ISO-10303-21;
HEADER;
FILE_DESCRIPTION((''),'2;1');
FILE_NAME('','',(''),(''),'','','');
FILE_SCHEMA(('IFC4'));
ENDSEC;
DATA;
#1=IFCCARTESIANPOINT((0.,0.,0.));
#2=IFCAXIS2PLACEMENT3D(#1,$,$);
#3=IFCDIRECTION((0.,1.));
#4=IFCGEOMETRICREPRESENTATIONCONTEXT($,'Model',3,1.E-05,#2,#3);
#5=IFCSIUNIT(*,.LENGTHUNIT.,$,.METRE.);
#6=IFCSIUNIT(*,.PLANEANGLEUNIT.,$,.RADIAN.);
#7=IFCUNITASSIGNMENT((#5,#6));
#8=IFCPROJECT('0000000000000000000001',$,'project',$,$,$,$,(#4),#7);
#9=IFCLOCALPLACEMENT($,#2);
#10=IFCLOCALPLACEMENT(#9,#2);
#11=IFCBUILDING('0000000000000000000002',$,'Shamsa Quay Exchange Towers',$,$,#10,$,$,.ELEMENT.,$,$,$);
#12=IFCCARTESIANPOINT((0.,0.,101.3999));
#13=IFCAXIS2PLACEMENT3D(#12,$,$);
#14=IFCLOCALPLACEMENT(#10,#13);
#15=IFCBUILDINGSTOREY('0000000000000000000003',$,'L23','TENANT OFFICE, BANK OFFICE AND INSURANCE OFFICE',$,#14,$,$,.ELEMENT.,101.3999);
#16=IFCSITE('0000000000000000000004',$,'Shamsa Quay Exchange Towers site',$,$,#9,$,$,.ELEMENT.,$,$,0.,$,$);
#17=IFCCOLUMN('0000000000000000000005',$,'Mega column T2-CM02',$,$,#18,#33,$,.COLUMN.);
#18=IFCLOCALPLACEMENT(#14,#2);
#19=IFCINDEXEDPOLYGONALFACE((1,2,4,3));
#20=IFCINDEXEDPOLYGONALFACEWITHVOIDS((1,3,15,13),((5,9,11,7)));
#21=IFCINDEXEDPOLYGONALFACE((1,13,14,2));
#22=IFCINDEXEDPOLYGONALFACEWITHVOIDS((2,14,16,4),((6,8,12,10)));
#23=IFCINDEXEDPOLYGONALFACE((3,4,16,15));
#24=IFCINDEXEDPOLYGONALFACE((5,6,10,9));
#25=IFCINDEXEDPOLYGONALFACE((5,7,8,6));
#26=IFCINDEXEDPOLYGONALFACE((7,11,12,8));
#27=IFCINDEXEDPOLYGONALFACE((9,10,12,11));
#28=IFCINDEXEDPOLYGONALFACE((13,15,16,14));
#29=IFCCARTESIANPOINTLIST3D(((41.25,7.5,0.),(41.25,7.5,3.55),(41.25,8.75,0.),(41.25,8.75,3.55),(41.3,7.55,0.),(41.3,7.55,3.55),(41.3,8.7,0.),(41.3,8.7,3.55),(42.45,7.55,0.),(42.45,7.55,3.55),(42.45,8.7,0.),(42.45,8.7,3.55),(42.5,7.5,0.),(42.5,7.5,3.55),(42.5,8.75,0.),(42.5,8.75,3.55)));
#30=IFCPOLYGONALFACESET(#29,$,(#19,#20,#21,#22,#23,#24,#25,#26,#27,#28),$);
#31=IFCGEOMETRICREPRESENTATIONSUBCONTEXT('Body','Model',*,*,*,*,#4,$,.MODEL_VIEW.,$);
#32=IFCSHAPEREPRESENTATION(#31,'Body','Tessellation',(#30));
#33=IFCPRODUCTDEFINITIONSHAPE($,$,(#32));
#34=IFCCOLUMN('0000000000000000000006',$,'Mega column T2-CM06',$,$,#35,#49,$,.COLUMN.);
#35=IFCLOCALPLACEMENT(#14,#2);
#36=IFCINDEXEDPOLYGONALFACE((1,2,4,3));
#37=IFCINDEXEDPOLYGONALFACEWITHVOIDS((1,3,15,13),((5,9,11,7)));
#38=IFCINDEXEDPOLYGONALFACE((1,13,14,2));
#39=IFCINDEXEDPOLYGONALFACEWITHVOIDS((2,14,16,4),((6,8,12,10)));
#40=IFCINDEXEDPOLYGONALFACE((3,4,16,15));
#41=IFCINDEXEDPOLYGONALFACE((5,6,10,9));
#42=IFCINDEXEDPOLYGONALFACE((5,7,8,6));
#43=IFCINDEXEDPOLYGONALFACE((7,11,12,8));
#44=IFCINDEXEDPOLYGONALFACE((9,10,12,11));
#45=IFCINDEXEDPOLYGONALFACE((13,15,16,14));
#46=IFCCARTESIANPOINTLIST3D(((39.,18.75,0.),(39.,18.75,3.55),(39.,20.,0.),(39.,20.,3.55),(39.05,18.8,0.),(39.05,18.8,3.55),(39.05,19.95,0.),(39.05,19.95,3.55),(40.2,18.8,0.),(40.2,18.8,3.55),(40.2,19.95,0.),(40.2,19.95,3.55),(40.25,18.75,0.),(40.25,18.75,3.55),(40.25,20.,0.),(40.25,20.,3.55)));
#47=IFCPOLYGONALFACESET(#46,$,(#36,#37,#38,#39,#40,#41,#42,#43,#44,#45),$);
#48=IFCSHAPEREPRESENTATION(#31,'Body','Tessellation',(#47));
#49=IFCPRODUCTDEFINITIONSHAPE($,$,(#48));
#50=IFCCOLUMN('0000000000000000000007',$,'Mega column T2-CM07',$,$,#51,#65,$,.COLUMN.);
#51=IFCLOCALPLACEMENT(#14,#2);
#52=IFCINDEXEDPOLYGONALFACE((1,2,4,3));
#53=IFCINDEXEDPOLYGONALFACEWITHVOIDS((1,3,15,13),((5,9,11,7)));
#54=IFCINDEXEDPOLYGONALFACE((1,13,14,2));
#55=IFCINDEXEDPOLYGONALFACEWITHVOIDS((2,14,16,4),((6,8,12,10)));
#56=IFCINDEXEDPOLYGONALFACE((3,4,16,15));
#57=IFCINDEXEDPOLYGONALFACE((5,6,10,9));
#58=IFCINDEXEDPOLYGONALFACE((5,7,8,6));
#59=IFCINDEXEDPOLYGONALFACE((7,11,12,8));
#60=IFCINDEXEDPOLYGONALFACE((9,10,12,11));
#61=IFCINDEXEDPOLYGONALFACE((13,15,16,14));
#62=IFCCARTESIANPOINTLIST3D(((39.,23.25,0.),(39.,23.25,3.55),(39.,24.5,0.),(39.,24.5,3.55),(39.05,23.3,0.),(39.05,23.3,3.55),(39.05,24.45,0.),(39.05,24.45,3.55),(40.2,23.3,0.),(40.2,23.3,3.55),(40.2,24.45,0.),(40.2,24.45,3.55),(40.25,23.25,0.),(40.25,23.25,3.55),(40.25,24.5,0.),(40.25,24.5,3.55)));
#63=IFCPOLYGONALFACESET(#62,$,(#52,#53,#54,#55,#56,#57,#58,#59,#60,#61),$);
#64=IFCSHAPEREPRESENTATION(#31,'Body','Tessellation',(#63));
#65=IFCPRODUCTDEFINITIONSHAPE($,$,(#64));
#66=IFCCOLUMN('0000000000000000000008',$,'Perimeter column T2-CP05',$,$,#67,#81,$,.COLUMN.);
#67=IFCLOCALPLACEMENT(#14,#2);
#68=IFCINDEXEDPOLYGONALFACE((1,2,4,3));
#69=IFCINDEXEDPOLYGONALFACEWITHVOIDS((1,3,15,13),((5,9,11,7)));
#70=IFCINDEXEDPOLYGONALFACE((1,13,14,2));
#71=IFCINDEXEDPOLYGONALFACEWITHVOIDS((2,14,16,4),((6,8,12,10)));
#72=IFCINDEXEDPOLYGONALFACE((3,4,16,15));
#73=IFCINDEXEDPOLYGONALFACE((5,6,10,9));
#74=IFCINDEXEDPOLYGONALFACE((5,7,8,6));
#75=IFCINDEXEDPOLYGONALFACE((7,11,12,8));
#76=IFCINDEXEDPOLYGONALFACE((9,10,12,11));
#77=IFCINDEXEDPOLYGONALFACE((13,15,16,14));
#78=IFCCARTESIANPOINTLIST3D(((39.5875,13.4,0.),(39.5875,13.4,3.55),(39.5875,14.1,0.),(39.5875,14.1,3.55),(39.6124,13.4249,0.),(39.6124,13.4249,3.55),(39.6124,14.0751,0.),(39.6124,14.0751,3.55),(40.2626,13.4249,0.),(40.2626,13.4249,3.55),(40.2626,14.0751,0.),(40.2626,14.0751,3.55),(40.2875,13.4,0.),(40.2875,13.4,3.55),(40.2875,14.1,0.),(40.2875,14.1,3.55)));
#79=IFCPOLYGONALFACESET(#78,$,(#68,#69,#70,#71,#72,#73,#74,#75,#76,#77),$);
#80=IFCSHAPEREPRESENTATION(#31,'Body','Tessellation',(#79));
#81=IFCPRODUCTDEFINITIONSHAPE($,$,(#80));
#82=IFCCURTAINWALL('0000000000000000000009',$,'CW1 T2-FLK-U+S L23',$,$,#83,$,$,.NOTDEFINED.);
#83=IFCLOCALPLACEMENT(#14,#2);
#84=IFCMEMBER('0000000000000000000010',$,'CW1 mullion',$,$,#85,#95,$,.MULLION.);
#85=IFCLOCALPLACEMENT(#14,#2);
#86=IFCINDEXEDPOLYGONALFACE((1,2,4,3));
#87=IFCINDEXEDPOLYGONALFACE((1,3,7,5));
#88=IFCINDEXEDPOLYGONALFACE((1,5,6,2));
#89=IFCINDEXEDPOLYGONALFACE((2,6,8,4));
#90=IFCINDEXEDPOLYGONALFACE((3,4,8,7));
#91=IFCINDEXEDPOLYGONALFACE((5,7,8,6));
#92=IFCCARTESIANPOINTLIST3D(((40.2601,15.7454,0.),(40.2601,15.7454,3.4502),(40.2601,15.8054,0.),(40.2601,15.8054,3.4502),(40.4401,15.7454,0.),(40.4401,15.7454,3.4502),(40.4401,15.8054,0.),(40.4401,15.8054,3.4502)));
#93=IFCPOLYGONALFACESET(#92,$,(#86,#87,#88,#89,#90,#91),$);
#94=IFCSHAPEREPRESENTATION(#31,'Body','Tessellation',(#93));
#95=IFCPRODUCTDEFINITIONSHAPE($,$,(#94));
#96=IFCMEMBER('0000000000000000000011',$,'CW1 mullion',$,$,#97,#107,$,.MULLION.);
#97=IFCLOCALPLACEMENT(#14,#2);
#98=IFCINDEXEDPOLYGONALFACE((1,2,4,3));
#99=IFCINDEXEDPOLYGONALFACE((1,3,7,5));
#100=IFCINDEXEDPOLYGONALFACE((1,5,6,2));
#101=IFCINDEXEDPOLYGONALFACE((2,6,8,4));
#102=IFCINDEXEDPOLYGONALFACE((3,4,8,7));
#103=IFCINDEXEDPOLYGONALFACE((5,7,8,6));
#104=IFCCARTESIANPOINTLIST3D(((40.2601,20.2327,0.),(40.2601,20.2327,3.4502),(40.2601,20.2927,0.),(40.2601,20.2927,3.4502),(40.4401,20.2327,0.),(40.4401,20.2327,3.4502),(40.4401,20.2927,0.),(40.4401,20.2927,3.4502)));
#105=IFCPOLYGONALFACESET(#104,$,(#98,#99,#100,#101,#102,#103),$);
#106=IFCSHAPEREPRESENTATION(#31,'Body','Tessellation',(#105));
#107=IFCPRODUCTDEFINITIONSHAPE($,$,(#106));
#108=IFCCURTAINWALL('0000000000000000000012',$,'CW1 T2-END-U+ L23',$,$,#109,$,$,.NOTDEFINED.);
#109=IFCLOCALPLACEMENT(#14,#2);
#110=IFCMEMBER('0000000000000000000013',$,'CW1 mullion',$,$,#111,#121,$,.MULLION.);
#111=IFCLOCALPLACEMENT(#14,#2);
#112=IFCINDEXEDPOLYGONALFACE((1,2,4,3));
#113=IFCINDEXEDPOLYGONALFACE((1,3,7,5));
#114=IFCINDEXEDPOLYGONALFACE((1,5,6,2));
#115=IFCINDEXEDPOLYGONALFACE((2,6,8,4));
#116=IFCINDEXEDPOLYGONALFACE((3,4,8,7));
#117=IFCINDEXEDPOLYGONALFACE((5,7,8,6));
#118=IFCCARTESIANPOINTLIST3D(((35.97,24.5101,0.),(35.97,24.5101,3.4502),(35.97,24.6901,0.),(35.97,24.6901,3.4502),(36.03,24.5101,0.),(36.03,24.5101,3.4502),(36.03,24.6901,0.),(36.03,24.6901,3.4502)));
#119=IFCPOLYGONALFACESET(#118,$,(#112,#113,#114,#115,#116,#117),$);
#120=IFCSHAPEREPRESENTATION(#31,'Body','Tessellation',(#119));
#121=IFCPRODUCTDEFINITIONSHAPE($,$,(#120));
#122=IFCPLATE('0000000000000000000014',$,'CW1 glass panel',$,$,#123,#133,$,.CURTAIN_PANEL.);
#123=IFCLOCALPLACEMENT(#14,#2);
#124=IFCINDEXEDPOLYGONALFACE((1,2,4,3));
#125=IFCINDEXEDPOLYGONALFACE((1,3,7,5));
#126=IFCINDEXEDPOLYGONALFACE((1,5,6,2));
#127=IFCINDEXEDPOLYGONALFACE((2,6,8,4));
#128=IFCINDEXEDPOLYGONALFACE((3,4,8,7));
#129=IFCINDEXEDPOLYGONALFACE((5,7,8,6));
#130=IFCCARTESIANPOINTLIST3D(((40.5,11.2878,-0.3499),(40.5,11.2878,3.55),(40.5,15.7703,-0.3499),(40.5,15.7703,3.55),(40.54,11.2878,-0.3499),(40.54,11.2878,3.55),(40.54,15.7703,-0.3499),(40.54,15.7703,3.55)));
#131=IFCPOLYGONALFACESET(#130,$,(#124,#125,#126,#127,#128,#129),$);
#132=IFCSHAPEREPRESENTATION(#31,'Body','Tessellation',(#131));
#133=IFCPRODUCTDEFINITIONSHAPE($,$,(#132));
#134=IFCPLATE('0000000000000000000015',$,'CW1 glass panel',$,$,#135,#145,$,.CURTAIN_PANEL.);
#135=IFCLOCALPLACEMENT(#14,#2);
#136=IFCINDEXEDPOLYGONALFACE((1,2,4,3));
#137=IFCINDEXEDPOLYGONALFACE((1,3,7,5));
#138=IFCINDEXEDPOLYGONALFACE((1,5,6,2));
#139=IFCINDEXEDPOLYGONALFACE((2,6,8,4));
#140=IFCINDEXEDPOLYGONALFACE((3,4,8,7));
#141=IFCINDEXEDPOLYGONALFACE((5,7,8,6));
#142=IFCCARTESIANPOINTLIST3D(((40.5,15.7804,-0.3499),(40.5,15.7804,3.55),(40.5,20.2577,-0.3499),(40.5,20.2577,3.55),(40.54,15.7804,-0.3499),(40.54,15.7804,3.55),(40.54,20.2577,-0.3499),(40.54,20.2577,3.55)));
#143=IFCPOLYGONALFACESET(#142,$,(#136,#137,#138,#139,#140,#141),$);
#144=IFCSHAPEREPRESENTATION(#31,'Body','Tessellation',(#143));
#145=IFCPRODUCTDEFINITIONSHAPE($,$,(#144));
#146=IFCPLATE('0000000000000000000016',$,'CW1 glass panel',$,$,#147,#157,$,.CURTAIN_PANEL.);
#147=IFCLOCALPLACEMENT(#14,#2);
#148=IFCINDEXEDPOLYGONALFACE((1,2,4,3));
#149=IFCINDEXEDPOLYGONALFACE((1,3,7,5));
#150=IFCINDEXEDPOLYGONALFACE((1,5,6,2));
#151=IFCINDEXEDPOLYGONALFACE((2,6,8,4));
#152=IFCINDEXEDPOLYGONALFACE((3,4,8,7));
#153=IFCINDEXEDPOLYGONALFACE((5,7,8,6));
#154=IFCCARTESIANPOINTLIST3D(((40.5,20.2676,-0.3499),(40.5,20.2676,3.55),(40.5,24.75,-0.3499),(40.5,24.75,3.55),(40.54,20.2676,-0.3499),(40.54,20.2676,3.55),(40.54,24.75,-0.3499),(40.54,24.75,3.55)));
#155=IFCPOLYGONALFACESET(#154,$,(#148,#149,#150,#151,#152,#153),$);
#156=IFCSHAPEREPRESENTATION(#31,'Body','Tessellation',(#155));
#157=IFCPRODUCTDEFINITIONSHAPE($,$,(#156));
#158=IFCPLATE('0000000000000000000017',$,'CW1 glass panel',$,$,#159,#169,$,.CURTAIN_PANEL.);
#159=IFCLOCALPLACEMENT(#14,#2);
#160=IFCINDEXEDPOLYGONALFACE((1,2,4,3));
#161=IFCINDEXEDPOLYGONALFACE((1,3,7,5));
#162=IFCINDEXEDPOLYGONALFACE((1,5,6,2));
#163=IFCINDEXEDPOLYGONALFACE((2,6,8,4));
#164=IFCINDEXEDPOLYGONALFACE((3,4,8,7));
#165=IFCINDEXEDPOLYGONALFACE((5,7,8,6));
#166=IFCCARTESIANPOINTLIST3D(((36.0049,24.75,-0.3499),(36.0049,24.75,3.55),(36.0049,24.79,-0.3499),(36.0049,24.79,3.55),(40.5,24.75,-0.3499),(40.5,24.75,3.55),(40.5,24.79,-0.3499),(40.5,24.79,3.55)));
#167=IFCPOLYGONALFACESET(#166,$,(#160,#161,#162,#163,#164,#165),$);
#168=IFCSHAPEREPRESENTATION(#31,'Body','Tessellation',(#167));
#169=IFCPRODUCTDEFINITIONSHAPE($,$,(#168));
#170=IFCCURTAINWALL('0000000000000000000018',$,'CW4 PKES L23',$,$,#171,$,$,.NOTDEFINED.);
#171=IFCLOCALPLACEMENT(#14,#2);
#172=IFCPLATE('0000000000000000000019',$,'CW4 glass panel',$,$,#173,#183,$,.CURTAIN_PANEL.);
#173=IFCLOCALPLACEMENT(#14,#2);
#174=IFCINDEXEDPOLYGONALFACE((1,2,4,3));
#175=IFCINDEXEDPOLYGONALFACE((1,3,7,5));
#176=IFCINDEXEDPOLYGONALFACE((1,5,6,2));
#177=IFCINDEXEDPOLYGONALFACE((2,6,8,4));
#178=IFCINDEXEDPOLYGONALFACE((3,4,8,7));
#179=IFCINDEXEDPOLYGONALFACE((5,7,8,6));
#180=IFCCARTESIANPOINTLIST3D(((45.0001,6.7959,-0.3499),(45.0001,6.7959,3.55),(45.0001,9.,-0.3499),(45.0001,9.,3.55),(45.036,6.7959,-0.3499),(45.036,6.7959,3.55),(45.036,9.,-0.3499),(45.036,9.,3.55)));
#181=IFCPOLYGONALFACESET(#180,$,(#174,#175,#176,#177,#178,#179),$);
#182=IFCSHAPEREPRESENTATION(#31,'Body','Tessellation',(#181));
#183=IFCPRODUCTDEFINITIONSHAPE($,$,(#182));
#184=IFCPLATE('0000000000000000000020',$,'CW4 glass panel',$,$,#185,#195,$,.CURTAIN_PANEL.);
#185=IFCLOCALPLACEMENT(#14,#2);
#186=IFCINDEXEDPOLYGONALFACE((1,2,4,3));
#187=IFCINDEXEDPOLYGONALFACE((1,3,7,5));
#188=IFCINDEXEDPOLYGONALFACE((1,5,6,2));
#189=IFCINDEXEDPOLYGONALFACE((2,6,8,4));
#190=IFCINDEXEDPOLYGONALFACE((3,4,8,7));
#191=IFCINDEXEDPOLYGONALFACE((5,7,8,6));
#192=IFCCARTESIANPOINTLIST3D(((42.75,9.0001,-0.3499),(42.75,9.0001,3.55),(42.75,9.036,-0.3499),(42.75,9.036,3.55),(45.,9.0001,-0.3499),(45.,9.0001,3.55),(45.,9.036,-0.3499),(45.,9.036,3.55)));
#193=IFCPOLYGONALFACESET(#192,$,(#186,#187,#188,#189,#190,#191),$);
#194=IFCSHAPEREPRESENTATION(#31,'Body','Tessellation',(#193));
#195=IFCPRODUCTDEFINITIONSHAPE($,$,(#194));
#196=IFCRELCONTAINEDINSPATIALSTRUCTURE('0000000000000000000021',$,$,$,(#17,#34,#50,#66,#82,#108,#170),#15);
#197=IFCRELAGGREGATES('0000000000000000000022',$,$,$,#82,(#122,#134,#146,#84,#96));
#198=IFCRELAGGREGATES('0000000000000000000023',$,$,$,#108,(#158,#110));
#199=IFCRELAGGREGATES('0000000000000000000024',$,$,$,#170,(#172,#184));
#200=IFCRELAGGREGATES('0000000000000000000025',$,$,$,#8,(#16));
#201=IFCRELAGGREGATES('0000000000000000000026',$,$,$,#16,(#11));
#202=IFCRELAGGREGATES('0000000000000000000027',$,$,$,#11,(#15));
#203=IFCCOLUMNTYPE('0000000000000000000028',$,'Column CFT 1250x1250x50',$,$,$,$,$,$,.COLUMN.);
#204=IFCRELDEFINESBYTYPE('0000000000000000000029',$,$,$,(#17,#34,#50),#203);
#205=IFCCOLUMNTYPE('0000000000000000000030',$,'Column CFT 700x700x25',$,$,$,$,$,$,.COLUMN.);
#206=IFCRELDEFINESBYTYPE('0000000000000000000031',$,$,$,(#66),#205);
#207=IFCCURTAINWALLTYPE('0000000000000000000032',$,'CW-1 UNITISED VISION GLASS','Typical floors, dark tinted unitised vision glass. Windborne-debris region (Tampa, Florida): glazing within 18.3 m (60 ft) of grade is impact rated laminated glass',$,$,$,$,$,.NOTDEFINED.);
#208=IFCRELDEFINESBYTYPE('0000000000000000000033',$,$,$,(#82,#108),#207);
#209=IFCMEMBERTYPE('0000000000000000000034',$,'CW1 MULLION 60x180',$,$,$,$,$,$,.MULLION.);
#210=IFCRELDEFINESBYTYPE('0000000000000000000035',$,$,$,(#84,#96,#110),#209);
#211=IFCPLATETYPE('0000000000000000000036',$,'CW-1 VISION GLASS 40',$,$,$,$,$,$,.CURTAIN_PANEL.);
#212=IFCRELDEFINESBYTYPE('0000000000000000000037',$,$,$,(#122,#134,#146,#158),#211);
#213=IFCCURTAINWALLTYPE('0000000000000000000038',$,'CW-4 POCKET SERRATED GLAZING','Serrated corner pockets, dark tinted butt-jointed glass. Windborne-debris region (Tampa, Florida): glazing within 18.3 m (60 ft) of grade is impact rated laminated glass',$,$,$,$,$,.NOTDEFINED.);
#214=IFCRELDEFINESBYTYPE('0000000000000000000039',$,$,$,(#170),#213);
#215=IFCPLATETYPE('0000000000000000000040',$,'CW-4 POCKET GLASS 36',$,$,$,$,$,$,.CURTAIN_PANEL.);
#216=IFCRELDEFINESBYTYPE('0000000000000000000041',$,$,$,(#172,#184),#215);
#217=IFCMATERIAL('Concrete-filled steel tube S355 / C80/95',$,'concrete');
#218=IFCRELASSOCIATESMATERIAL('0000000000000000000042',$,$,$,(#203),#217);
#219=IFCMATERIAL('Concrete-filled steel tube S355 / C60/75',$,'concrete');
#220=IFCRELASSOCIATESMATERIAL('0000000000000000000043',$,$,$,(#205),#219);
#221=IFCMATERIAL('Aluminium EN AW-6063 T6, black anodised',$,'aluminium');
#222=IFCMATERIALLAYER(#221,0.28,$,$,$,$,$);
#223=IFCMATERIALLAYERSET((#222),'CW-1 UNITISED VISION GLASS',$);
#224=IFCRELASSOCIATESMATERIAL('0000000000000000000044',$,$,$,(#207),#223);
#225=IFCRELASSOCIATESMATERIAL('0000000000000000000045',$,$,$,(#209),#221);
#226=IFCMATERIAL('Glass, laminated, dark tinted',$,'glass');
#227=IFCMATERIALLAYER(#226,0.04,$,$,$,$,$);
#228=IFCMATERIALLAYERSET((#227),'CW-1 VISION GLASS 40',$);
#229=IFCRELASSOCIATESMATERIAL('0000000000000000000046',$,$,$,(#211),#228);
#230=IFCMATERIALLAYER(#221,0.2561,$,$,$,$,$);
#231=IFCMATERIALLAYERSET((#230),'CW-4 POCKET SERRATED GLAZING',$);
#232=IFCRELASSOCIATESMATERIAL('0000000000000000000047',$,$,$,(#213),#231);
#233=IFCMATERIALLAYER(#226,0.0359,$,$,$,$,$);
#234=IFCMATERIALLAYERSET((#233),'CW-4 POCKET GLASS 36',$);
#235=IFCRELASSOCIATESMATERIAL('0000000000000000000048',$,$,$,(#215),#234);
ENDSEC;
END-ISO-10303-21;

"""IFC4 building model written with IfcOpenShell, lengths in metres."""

from ifc_helpers import new_model, si_unit, direction, frame, origin, origin_2d, place, context, subcontext, project, spatial, rectangle, hollow_rectangle, extrude, material, layer, layer_set, material_profile, profile_set, type_object, element, aggregate, save


model = new_model("IFC4")

# Units and contexts
model_context = context("Model", 3, precision=1e-05, world=origin(), true_north=direction((0.0, 1.0)))
body_context = subcontext(model_context, "Body", "Model", "MODEL_VIEW")
ifc_project = project(units=[si_unit("LENGTHUNIT", "METRE"), si_unit("PLANEANGLEUNIT", "RADIAN")], contexts=[model_context])

# Site, building, storey
site_placement = place(None, origin())
site = spatial("IfcSite", under=ifc_project, at=site_placement, Name="Shamsa Quay Exchange Towers site", CompositionType="ELEMENT", RefElevation=0.0)
building_placement = place(site_placement, origin())
building = spatial("IfcBuilding", under=site, at=building_placement, Name="Shamsa Quay Exchange Towers", CompositionType="ELEMENT")
storey_placement = place(building_placement, frame((0.0, 0.0, 101.3999)))
storey = spatial("IfcBuildingStorey", under=building, at=storey_placement, Name="L23", Description="TENANT OFFICE, BANK OFFICE AND INSURANCE OFFICE", CompositionType="ELEMENT", Elevation=101.3999)

# Columns
ifc_material_1 = material(Name="Concrete-filled steel tube S355 / C80/95", Category="concrete")
ifc_material_profile_1 = material_profile(ifc_material_1, hollow_rectangle(XDim=1.25, YDim=1.25, WallThickness=0.05, at=origin_2d()), Name="CFT 1250x1250x50")
ifc_profile_set_1 = profile_set([ifc_material_profile_1], Name="Concrete-filled steel tube S355 / C80/95")
column_type_1 = type_object("IfcColumnType", Name="Column CFT 1250x1250x50", PredefinedType="COLUMN", material=ifc_profile_set_1)
for number, where, name in (
    (1, (41.875, 8.125, 0.0), "Mega column T2-CM02"),
    (2, (39.625, 19.375, 0.0), "Mega column T2-CM06"),
    (3, (39.625, 23.875, 0.0), "Mega column T2-CM07"),
):
    element("IfcColumn", number, at=place(storey_placement, frame(where)), inside=storey, type_object=column_type_1, Name=name, PredefinedType="COLUMN", context=body_context, shape_type="SweptSolid", body=[
        extrude(hollow_rectangle(XDim=1.25, YDim=1.25, WallThickness=0.05, at=origin_2d()), origin(), (0.0, 0.0, 1.0), 3.55),
    ])
ifc_material_2 = material(Name="Concrete-filled steel tube S355 / C60/75", Category="concrete")
ifc_material_profile_2 = material_profile(ifc_material_2, hollow_rectangle(XDim=0.7, YDim=0.7, WallThickness=0.0249, at=origin_2d()), Name="CFT 700x700x25")
ifc_profile_set_2 = profile_set([ifc_material_profile_2], Name="Concrete-filled steel tube S355 / C60/75")
column_type_2 = type_object("IfcColumnType", Name="Column CFT 700x700x25", PredefinedType="COLUMN", material=ifc_profile_set_2)
column_placement = place(storey_placement, frame((39.9375, 13.75, 0.0)))
element("IfcColumn", 4, at=column_placement, inside=storey, type_object=column_type_2, Name="Perimeter column T2-CP05", PredefinedType="COLUMN", context=body_context, shape_type="SweptSolid", body=[
    extrude(hollow_rectangle(XDim=0.7, YDim=0.7, WallThickness=0.0249, at=origin_2d()), origin(), (0.0, 0.0, 1.0), 3.55),
])

# Curtain wall, members
ifc_material_3 = material(Name="Aluminium EN AW-6063 T6, black anodised", Category="aluminium")
ifc_layer_1 = layer(ifc_material_3, 0.28)
ifc_layer_set_1 = layer_set([ifc_layer_1], Name="CW-1 UNITISED VISION GLASS")
curtain_wall_type_1 = type_object("IfcCurtainWallType", Name="CW-1 UNITISED VISION GLASS", Description="Typical floors, dark tinted unitised vision glass. Windborne-debris region (Tampa, Florida): glazing within 18.3 m (60 ft) of grade is impact rated laminated glass", PredefinedType="NOTDEFINED", material=ifc_layer_set_1)
curtain_wall_1_placement = place(storey_placement, origin())
curtain_wall_1 = element("IfcCurtainWall", 5, at=curtain_wall_1_placement, inside=storey, type_object=curtain_wall_type_1, Name="CW1 T2-FLK-U+S L23", PredefinedType="NOTDEFINED")
ifc_material_profile_3 = material_profile(ifc_material_3, rectangle(XDim=0.1799, YDim=0.0601, at=origin_2d()), Name="MU60x180")
ifc_profile_set_3 = profile_set([ifc_material_profile_3], Name="Aluminium EN AW-6063 T6, black anodised")
member_type = type_object("IfcMemberType", Name="CW1 MULLION 60x180", PredefinedType="MULLION", material=ifc_profile_set_3)
member_1_placement = place(storey_placement, frame((40.3501, 15.7754, 0.0), z_axis=(0.0, 0.0, 1.0), x_axis=(-1.0, 0.0, 0.0)))
member_1 = element("IfcMember", 6, at=member_1_placement, type_object=member_type, Name="CW1 mullion", PredefinedType="MULLION", context=body_context, shape_type="SweptSolid", body=[
    extrude(rectangle(XDim=0.1799, YDim=0.0601, at=origin_2d()), origin(), (0.0, 0.0, 1.0), 3.4502),
])
member_2_placement = place(storey_placement, frame((40.3501, 20.2627, 0.0), z_axis=(0.0, 0.0, 1.0), x_axis=(-1.0, 0.0, 0.0)))
member_2 = element("IfcMember", 7, at=member_2_placement, type_object=member_type, Name="CW1 mullion", PredefinedType="MULLION", context=body_context, shape_type="SweptSolid", body=[
    extrude(rectangle(XDim=0.1799, YDim=0.0601, at=origin_2d()), origin(), (0.0, 0.0, 1.0), 3.4502),
])

# Curtain wall, member
curtain_wall_2_placement = place(storey_placement, origin())
curtain_wall_2 = element("IfcCurtainWall", 8, at=curtain_wall_2_placement, inside=storey, type_object=curtain_wall_type_1, Name="CW1 T2-END-U+ L23", PredefinedType="NOTDEFINED")
member_3_placement = place(storey_placement, frame((36.0, 24.6001, 0.0), z_axis=(0.0, 0.0, 1.0), x_axis=(0.0, -1.0, 0.0)))
member_3 = element("IfcMember", 9, at=member_3_placement, type_object=member_type, Name="CW1 mullion", PredefinedType="MULLION", context=body_context, shape_type="SweptSolid", body=[
    extrude(rectangle(XDim=0.1799, YDim=0.0601, at=origin_2d()), origin(), (0.0, 0.0, 1.0), 3.4502),
])

# Plates
ifc_material_4 = material(Name="Glass, laminated, dark tinted", Category="glass")
ifc_layer_2 = layer(ifc_material_4, 0.04)
ifc_layer_set_2 = layer_set([ifc_layer_2], Name="CW-1 VISION GLASS 40")
plate_type_1 = type_object("IfcPlateType", Name="CW-1 VISION GLASS 40", PredefinedType="CURTAIN_PANEL", material=ifc_layer_set_2)
plate_1_placement = place(storey_placement, frame((40.52, 13.5291, -0.3499), z_axis=(0.0, 0.0, 1.0), x_axis=(0.0, 1.0, 0.0)))
plate_1 = element("IfcPlate", 10, at=plate_1_placement, type_object=plate_type_1, Name="CW1 glass panel", PredefinedType="CURTAIN_PANEL", context=body_context, shape_type="SweptSolid", body=[
    extrude(rectangle(XDim=4.4824, YDim=0.04, at=origin_2d()), origin(), (0.0, 0.0, 1.0), 3.8999),
])
plate_2_placement = place(storey_placement, frame((40.52, 18.019, -0.3499), z_axis=(0.0, 0.0, 1.0), x_axis=(0.0, 1.0, 0.0)))
plate_2 = element("IfcPlate", 11, at=plate_2_placement, type_object=plate_type_1, Name="CW1 glass panel", PredefinedType="CURTAIN_PANEL", context=body_context, shape_type="SweptSolid", body=[
    extrude(rectangle(XDim=4.4773, YDim=0.04, at=origin_2d()), origin(), (0.0, 0.0, 1.0), 3.8999),
])
plate_3_placement = place(storey_placement, frame((40.52, 22.5088, -0.3499), z_axis=(0.0, 0.0, 1.0), x_axis=(0.0, 1.0, 0.0)))
plate_3 = element("IfcPlate", 12, at=plate_3_placement, type_object=plate_type_1, Name="CW1 glass panel", PredefinedType="CURTAIN_PANEL", context=body_context, shape_type="SweptSolid", body=[
    extrude(rectangle(XDim=4.4824, YDim=0.04, at=origin_2d()), origin(), (0.0, 0.0, 1.0), 3.8999),
])
aggregate(curtain_wall_1, [plate_1, plate_2, plate_3, member_1, member_2])
plate_4_placement = place(storey_placement, frame((38.2524, 24.77, -0.3499), z_axis=(0.0, 0.0, 1.0), x_axis=(-1.0, 0.0, 0.0)))
plate_4 = element("IfcPlate", 13, at=plate_4_placement, type_object=plate_type_1, Name="CW1 glass panel", PredefinedType="CURTAIN_PANEL", context=body_context, shape_type="SweptSolid", body=[
    extrude(rectangle(XDim=4.4951, YDim=0.04, at=origin_2d()), origin(), (0.0, 0.0, 1.0), 3.8999),
])
aggregate(curtain_wall_2, [plate_4, member_3])

# Curtain wall, plates
ifc_layer_3 = layer(ifc_material_3, 0.2561)
ifc_layer_set_3 = layer_set([ifc_layer_3], Name="CW-4 POCKET SERRATED GLAZING")
curtain_wall_type_2 = type_object("IfcCurtainWallType", Name="CW-4 POCKET SERRATED GLAZING", Description="Serrated corner pockets, dark tinted butt-jointed glass. Windborne-debris region (Tampa, Florida): glazing within 18.3 m (60 ft) of grade is impact rated laminated glass", PredefinedType="NOTDEFINED", material=ifc_layer_set_3)
curtain_wall_3_placement = place(storey_placement, origin())
curtain_wall_3 = element("IfcCurtainWall", 14, at=curtain_wall_3_placement, inside=storey, type_object=curtain_wall_type_2, Name="CW4 PKES L23", PredefinedType="NOTDEFINED")
ifc_layer_4 = layer(ifc_material_4, 0.0359)
ifc_layer_set_4 = layer_set([ifc_layer_4], Name="CW-4 POCKET GLASS 36")
plate_type_2 = type_object("IfcPlateType", Name="CW-4 POCKET GLASS 36", PredefinedType="CURTAIN_PANEL", material=ifc_layer_set_4)
plate_5_placement = place(storey_placement, frame((45.0181, 7.8979, -0.3499), z_axis=(0.0, 0.0, 1.0), x_axis=(0.0, 1.0, 0.0)))
plate_5 = element("IfcPlate", 15, at=plate_5_placement, type_object=plate_type_2, Name="CW4 glass panel", PredefinedType="CURTAIN_PANEL", context=body_context, shape_type="SweptSolid", body=[
    extrude(rectangle(XDim=2.2041, YDim=0.0359, at=origin_2d()), origin(), (0.0, 0.0, 1.0), 3.8999),
])
plate_6_placement = place(storey_placement, frame((43.875, 9.0181, -0.3499), z_axis=(0.0, 0.0, 1.0), x_axis=(-1.0, 0.0, 0.0)))
plate_6 = element("IfcPlate", 16, at=plate_6_placement, type_object=plate_type_2, Name="CW4 glass panel", PredefinedType="CURTAIN_PANEL", context=body_context, shape_type="SweptSolid", body=[
    extrude(rectangle(XDim=2.25, YDim=0.0359, at=origin_2d()), origin(), (0.0, 0.0, 1.0), 3.8999),
])
aggregate(curtain_wall_3, [plate_5, plate_6])

save(model, "model.ifc")
